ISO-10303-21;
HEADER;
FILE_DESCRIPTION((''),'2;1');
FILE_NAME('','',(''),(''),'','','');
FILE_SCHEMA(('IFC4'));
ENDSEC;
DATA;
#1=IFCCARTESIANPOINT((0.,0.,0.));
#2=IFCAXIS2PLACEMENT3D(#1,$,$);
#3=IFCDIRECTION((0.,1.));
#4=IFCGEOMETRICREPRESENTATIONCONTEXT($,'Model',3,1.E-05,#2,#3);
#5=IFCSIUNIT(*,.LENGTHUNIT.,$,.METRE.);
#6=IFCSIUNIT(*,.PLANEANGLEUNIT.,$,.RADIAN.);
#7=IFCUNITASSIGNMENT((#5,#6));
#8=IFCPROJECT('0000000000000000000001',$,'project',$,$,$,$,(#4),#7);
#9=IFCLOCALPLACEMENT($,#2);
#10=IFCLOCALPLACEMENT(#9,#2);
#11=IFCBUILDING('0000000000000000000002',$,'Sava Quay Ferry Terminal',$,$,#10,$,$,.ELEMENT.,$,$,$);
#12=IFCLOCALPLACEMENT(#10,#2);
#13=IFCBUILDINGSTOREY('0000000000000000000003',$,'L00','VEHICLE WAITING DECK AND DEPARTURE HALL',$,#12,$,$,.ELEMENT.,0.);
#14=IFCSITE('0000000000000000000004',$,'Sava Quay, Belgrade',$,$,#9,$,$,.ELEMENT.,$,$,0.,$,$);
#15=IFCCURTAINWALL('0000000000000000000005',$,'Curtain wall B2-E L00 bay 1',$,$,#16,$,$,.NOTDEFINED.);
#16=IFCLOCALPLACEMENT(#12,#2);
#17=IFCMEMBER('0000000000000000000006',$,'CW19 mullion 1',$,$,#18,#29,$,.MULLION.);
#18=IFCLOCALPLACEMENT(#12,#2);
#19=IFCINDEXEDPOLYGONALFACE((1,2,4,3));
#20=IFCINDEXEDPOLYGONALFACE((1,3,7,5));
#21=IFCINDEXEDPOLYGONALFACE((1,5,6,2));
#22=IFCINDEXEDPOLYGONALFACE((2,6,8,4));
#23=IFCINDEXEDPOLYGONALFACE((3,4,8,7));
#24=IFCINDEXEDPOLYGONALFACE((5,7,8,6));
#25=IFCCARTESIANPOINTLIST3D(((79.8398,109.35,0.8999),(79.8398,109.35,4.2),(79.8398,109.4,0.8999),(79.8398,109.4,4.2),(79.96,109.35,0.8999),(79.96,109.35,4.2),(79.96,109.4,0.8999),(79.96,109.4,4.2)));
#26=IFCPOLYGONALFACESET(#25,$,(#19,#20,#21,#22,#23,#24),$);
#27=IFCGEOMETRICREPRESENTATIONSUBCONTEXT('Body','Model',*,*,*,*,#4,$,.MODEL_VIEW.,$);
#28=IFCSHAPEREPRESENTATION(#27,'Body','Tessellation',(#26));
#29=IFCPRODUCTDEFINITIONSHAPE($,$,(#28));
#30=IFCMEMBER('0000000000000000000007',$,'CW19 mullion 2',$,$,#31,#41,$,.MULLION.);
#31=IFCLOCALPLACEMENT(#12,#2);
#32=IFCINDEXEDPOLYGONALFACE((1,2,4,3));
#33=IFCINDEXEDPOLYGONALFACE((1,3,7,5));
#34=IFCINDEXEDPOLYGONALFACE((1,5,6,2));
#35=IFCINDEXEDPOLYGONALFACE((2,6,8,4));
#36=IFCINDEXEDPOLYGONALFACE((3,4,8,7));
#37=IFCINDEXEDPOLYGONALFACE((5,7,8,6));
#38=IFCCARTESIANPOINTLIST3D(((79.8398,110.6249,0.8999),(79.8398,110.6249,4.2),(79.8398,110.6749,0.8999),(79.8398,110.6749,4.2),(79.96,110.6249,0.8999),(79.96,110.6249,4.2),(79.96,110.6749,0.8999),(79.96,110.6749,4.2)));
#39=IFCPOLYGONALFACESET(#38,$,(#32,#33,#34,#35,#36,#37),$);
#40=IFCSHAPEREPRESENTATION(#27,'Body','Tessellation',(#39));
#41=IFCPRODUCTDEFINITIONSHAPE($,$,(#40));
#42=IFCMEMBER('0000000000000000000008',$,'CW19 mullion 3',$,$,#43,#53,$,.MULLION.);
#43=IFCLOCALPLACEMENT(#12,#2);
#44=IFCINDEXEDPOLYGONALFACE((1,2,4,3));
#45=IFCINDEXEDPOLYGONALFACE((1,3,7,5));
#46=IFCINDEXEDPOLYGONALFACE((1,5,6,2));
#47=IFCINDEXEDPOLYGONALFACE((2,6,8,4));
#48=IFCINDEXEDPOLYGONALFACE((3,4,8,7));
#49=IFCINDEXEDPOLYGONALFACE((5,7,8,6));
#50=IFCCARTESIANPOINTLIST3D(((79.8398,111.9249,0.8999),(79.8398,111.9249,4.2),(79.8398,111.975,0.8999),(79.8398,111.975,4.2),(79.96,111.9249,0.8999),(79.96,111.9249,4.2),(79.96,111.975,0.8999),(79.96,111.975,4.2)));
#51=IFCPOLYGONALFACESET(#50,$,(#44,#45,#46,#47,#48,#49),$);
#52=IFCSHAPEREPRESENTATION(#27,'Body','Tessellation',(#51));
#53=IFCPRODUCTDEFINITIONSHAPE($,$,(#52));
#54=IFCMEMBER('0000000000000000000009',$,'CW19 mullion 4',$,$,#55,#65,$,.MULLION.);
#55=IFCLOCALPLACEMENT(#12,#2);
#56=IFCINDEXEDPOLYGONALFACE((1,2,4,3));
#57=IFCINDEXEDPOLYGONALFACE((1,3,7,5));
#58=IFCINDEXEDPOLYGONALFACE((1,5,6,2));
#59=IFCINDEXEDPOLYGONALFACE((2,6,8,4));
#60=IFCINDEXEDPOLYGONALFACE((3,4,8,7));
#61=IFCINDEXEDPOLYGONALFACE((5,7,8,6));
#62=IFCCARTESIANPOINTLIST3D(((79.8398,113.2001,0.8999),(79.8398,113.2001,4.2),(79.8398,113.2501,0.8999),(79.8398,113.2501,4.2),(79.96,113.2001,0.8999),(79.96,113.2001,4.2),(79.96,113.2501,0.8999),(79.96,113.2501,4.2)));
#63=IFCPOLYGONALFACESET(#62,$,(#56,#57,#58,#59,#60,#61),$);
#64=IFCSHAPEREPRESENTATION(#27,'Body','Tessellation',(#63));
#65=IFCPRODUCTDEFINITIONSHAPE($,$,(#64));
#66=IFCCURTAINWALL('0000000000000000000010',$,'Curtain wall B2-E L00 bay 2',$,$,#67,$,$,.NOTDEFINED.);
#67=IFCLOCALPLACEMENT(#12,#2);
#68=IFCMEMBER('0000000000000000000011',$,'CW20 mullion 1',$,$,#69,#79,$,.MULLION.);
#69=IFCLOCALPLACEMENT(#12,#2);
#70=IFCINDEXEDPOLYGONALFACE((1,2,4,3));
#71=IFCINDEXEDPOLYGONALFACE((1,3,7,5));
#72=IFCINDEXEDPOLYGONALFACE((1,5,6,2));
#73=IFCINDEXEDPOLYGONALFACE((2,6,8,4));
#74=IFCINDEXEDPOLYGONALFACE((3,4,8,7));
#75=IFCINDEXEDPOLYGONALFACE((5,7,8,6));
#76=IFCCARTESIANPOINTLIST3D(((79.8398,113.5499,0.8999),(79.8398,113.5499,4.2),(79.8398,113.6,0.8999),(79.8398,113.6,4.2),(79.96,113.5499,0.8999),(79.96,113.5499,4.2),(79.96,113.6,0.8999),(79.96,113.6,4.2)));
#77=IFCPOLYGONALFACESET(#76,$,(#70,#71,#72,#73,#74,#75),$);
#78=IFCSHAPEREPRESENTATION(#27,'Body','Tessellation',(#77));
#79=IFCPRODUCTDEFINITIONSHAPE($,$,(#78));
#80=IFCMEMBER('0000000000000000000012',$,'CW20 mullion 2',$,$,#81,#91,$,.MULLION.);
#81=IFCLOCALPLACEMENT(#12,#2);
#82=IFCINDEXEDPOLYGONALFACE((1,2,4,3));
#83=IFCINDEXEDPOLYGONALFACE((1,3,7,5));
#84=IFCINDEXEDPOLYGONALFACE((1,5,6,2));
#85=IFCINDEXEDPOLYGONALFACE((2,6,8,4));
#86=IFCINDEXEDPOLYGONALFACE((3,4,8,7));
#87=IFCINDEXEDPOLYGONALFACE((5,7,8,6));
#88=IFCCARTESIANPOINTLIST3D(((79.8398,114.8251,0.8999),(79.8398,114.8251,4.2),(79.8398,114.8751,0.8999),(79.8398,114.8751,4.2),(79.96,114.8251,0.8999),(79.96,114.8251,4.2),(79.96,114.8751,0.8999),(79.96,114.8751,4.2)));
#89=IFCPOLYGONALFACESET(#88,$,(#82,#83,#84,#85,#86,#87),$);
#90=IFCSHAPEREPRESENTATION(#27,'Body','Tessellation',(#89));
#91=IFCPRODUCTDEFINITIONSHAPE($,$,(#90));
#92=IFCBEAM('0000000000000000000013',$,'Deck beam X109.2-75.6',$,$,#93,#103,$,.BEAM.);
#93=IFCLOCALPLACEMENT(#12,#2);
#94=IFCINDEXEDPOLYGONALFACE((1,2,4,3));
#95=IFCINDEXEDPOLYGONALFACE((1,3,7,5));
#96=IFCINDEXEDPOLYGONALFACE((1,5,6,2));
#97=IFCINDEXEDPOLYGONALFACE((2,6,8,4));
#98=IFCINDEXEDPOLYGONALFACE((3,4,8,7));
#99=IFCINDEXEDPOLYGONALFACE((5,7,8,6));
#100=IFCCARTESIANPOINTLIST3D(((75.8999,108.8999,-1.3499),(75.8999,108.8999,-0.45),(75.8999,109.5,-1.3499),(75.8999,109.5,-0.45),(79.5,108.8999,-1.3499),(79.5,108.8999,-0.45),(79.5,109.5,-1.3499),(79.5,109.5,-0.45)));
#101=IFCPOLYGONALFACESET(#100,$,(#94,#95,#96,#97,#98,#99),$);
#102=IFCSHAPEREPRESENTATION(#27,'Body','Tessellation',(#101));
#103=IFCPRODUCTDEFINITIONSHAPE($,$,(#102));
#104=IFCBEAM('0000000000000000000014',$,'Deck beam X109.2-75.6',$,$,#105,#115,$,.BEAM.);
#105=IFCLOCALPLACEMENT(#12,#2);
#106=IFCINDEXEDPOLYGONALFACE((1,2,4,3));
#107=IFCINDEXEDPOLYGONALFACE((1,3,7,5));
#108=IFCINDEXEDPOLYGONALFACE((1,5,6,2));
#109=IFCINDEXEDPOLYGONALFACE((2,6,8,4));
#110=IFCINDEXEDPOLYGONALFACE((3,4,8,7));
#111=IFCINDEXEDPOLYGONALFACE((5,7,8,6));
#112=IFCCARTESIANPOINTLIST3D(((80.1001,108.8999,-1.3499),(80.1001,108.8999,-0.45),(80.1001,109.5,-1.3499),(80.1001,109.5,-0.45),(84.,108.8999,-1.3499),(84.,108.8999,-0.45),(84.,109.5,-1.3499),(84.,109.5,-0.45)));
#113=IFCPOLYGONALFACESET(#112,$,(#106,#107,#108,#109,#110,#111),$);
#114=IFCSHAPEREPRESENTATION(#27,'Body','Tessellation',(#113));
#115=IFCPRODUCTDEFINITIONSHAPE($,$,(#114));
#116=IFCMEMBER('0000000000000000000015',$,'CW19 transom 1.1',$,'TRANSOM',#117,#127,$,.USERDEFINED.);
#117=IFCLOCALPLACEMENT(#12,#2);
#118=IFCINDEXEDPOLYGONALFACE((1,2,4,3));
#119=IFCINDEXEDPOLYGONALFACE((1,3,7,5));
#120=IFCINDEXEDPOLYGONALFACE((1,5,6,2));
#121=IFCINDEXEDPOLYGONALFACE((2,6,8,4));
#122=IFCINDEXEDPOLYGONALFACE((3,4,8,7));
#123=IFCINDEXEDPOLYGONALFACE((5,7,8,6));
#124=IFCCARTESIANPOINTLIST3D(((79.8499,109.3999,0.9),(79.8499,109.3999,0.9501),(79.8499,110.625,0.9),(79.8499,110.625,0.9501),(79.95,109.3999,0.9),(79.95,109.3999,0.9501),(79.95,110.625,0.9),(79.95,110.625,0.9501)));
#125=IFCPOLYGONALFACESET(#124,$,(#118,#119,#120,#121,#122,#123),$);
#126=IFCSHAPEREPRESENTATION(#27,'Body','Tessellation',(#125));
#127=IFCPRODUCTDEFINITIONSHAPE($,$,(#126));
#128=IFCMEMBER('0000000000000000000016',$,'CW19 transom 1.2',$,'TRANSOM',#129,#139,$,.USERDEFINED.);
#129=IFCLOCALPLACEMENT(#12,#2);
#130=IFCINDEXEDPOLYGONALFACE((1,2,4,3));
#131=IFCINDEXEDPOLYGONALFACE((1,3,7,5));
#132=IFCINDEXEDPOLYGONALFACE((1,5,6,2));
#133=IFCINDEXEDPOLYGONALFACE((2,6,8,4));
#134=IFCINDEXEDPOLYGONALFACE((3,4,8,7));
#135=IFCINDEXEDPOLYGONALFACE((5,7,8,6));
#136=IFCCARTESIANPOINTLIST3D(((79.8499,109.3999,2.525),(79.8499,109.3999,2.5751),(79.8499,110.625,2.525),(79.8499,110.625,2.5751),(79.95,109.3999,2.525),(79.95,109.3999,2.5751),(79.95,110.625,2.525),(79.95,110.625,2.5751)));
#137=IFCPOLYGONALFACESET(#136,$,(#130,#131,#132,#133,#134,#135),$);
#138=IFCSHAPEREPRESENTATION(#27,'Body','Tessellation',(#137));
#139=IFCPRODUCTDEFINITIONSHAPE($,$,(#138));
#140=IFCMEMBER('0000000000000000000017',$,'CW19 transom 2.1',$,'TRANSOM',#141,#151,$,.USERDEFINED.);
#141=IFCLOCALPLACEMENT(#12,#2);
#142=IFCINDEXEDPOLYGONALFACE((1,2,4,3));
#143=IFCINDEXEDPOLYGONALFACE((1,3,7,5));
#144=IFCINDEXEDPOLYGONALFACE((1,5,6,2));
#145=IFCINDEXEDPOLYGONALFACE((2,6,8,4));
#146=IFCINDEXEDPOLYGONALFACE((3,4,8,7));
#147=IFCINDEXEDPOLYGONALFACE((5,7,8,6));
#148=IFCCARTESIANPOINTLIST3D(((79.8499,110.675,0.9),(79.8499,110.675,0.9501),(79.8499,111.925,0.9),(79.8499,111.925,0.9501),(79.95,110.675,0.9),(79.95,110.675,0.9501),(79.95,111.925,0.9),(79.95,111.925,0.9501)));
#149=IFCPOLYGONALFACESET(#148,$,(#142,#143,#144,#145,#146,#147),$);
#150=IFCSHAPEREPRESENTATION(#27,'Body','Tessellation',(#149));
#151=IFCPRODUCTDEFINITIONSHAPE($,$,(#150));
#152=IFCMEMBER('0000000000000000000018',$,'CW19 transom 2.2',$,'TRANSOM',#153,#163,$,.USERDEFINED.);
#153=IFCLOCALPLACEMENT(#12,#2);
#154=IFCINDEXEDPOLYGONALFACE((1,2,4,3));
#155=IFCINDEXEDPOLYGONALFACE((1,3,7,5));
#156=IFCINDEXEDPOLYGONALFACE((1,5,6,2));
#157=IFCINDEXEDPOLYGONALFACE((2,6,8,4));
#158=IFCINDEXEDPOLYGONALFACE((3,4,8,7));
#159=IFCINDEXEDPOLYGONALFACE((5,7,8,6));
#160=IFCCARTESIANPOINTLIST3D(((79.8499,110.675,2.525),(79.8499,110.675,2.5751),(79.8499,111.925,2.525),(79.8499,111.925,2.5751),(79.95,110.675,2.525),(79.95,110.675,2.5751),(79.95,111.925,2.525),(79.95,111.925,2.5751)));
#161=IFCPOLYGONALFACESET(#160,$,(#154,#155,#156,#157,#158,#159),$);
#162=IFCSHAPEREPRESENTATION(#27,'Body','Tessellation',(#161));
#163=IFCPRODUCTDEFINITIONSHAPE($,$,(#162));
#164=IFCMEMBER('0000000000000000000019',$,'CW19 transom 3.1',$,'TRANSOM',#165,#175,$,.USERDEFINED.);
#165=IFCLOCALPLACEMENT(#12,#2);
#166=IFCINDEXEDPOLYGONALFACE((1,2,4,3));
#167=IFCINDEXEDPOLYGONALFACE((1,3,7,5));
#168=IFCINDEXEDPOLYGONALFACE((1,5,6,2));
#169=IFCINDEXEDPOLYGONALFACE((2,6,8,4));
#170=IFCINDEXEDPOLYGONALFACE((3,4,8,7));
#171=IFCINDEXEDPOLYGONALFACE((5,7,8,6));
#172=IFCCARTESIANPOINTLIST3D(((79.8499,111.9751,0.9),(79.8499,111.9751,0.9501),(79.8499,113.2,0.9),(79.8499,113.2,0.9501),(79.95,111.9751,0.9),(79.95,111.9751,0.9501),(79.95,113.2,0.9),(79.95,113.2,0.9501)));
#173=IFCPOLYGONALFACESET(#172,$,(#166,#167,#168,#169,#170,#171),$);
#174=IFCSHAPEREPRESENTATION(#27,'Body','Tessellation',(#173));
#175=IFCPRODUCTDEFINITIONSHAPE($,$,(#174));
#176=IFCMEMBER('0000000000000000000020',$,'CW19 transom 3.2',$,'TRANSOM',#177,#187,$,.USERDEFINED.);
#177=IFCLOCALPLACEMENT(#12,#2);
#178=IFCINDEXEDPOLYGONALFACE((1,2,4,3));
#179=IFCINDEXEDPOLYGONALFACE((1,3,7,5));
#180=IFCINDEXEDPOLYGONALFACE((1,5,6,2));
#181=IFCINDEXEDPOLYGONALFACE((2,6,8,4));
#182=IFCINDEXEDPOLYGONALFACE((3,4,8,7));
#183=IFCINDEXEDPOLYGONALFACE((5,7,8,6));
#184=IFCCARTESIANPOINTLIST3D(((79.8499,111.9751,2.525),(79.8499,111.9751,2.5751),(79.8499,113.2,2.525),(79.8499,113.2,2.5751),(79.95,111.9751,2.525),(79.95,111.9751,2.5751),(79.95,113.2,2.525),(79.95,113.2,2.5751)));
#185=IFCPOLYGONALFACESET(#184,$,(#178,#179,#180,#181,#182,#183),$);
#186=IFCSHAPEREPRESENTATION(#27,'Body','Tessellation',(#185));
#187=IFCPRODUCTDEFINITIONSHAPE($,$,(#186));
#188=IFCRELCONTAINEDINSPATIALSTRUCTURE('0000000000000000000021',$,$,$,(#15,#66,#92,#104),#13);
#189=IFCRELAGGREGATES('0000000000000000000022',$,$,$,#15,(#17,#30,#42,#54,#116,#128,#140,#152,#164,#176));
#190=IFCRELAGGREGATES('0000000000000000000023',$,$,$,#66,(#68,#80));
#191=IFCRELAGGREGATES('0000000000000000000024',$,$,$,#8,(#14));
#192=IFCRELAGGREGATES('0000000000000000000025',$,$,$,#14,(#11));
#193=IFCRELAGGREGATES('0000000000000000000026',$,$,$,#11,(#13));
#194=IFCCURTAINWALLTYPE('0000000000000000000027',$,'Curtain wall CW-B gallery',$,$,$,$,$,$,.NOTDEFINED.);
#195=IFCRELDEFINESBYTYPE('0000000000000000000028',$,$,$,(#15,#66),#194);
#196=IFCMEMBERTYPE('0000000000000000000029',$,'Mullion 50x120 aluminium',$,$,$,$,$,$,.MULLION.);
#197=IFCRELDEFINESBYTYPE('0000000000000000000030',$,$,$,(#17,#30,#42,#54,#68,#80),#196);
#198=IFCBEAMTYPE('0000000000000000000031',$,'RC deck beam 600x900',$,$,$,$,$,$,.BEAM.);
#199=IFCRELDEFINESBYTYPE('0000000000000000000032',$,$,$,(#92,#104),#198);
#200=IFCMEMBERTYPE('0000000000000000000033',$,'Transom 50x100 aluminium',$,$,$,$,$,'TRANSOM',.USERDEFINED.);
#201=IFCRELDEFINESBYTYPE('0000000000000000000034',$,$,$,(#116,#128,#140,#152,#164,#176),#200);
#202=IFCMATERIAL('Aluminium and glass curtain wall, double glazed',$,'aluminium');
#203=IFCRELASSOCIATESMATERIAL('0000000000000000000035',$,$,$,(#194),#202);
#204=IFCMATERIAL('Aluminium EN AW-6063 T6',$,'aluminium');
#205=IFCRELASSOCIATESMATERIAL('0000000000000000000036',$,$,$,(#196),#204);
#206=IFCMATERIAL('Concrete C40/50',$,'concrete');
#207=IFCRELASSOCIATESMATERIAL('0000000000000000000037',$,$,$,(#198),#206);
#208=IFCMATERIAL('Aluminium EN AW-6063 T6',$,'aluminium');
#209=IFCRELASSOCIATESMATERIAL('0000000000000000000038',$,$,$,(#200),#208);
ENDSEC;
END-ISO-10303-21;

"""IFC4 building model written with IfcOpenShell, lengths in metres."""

from ifc_helpers import new_model, si_unit, direction, frame, origin, origin_2d, place, context, subcontext, project, spatial, rectangle, extrude, material, material_profile, profile_set, type_object, element, aggregate, save


model = new_model("IFC4")

# Units and contexts
model_context = context("Model", 3, precision=1e-05, world=origin(), true_north=direction((0.0, 1.0)))
body_context = subcontext(model_context, "Body", "Model", "MODEL_VIEW")
ifc_project = project(units=[si_unit("LENGTHUNIT", "METRE"), si_unit("PLANEANGLEUNIT", "RADIAN")], contexts=[model_context])

# Site, building, storey
site_placement = place(None, origin())
site = spatial("IfcSite", under=ifc_project, at=site_placement, Name="Sava Quay, Belgrade", CompositionType="ELEMENT", RefElevation=0.0)
building_placement = place(site_placement, origin())
building = spatial("IfcBuilding", under=site, at=building_placement, Name="Sava Quay Ferry Terminal", CompositionType="ELEMENT")
storey_placement = place(building_placement, origin())
storey = spatial("IfcBuildingStorey", under=building, at=storey_placement, Name="L00", Description="VEHICLE WAITING DECK AND DEPARTURE HALL", CompositionType="ELEMENT", Elevation=0.0)

# Curtain walls, members
ifc_material_1 = material(Name="Aluminium and glass curtain wall, double glazed", Category="aluminium")
curtain_wall_type = type_object("IfcCurtainWallType", Name="Curtain wall CW-B gallery", PredefinedType="NOTDEFINED", material=ifc_material_1)
curtain_wall_1_placement = place(storey_placement, origin())
curtain_wall_1 = element("IfcCurtainWall", 1, at=curtain_wall_1_placement, inside=storey, type_object=curtain_wall_type, Name="Curtain wall B2-E L00 bay 1", PredefinedType="NOTDEFINED")
ifc_material_2 = material(Name="Aluminium EN AW-6063 T6", Category="aluminium")
ifc_material_profile_1 = material_profile(ifc_material_2, rectangle(XDim=0.1201, YDim=0.05, at=origin_2d()), Name="Mullion 50x120 aluminium")
ifc_profile_set_1 = profile_set([ifc_material_profile_1], Name="Aluminium EN AW-6063 T6")
member_type_1 = type_object("IfcMemberType", Name="Mullion 50x120 aluminium", PredefinedType="MULLION", material=ifc_profile_set_1)
member_1_placement = place(storey_placement, frame((79.8999, 109.375, 0.8999), z_axis=(0.0, 0.0, 1.0), x_axis=(-1.0, 0.0, 0.0)))
member_1 = element("IfcMember", 2, at=member_1_placement, type_object=member_type_1, Name="CW19 mullion 1", PredefinedType="MULLION", context=body_context, shape_type="SweptSolid", body=[
    extrude(rectangle(XDim=0.1201, YDim=0.05, at=origin_2d()), origin(), (0.0, 0.0, 1.0), 3.3),
])
member_2_placement = place(storey_placement, frame((79.8999, 110.6499, 0.8999), z_axis=(0.0, 0.0, 1.0), x_axis=(-1.0, 0.0, 0.0)))
member_2 = element("IfcMember", 3, at=member_2_placement, type_object=member_type_1, Name="CW19 mullion 2", PredefinedType="MULLION", context=body_context, shape_type="SweptSolid", body=[
    extrude(rectangle(XDim=0.1201, YDim=0.05, at=origin_2d()), origin(), (0.0, 0.0, 1.0), 3.3),
])
member_3_placement = place(storey_placement, frame((79.8999, 111.95, 0.8999), z_axis=(0.0, 0.0, 1.0), x_axis=(-1.0, 0.0, 0.0)))
member_3 = element("IfcMember", 4, at=member_3_placement, type_object=member_type_1, Name="CW19 mullion 3", PredefinedType="MULLION", context=body_context, shape_type="SweptSolid", body=[
    extrude(rectangle(XDim=0.1201, YDim=0.05, at=origin_2d()), origin(), (0.0, 0.0, 1.0), 3.3),
])
member_4_placement = place(storey_placement, frame((79.8999, 113.2251, 0.8999), z_axis=(0.0, 0.0, 1.0), x_axis=(-1.0, 0.0, 0.0)))
member_4 = element("IfcMember", 5, at=member_4_placement, type_object=member_type_1, Name="CW19 mullion 4", PredefinedType="MULLION", context=body_context, shape_type="SweptSolid", body=[
    extrude(rectangle(XDim=0.1201, YDim=0.05, at=origin_2d()), origin(), (0.0, 0.0, 1.0), 3.3),
])
curtain_wall_2_placement = place(storey_placement, origin())
curtain_wall_2 = element("IfcCurtainWall", 6, at=curtain_wall_2_placement, inside=storey, type_object=curtain_wall_type, Name="Curtain wall B2-E L00 bay 2", PredefinedType="NOTDEFINED")
member_5_placement = place(storey_placement, frame((79.8999, 113.575, 0.8999), z_axis=(0.0, 0.0, 1.0), x_axis=(-1.0, 0.0, 0.0)))
member_5 = element("IfcMember", 7, at=member_5_placement, type_object=member_type_1, Name="CW20 mullion 1", PredefinedType="MULLION", context=body_context, shape_type="SweptSolid", body=[
    extrude(rectangle(XDim=0.1201, YDim=0.05, at=origin_2d()), origin(), (0.0, 0.0, 1.0), 3.3),
])
member_6_placement = place(storey_placement, frame((79.8999, 114.8501, 0.8999), z_axis=(0.0, 0.0, 1.0), x_axis=(-1.0, 0.0, 0.0)))
member_6 = element("IfcMember", 8, at=member_6_placement, type_object=member_type_1, Name="CW20 mullion 2", PredefinedType="MULLION", context=body_context, shape_type="SweptSolid", body=[
    extrude(rectangle(XDim=0.1201, YDim=0.05, at=origin_2d()), origin(), (0.0, 0.0, 1.0), 3.3),
])

# Beams
ifc_material_3 = material(Name="Concrete C40/50", Category="concrete")
ifc_material_profile_2 = material_profile(ifc_material_3, rectangle(XDim=0.6001, YDim=0.8999, at=origin_2d()), Name="RC 600x900")
ifc_profile_set_2 = profile_set([ifc_material_profile_2], Name="Concrete C40/50")
beam_type = type_object("IfcBeamType", Name="RC deck beam 600x900", PredefinedType="BEAM", material=ifc_profile_set_2)
beam_1_placement = place(storey_placement, frame((75.8999, 109.2, -0.8999), z_axis=(1.0, 0.0, 0.0), x_axis=(0.0, 1.0, 0.0)))
element("IfcBeam", 9, at=beam_1_placement, inside=storey, type_object=beam_type, Name="Deck beam X109.2-75.6", PredefinedType="BEAM", context=body_context, shape_type="SweptSolid", body=[
    extrude(rectangle(XDim=0.6001, YDim=0.8999, at=origin_2d()), origin(), (0.0, 0.0, 1.0), 3.6001),
])
beam_2_placement = place(storey_placement, frame((80.1001, 109.2, -0.8999), z_axis=(1.0, 0.0, 0.0), x_axis=(0.0, 1.0, 0.0)))
element("IfcBeam", 10, at=beam_2_placement, inside=storey, type_object=beam_type, Name="Deck beam X109.2-75.6", PredefinedType="BEAM", context=body_context, shape_type="SweptSolid", body=[
    extrude(rectangle(XDim=0.6001, YDim=0.8999, at=origin_2d()), origin(), (0.0, 0.0, 1.0), 3.8999),
])

# Members
ifc_material_4 = material(Name="Aluminium EN AW-6063 T6", Category="aluminium")
ifc_material_profile_3 = material_profile(ifc_material_4, rectangle(XDim=0.1001, YDim=0.05, at=origin_2d()), Name="Transom 50x100 aluminium")
ifc_profile_set_3 = profile_set([ifc_material_profile_3], Name="Aluminium EN AW-6063 T6")
member_type_2 = type_object("IfcMemberType", Name="Transom 50x100 aluminium", ElementType="TRANSOM", PredefinedType="USERDEFINED", material=ifc_profile_set_3)
member_7_placement = place(storey_placement, frame((79.8999, 109.3999, 0.925), z_axis=(0.0, 1.0, 0.0), x_axis=(-1.0, 0.0, 0.0)))
member_7 = element("IfcMember", 11, at=member_7_placement, type_object=member_type_2, Name="CW19 transom 1.1", ObjectType="TRANSOM", PredefinedType="USERDEFINED", context=body_context, shape_type="SweptSolid", body=[
    extrude(rectangle(XDim=0.1001, YDim=0.05, at=origin_2d()), origin(), (0.0, 0.0, 1.0), 1.2251),
])
member_8_placement = place(storey_placement, frame((79.8999, 109.3999, 2.55), z_axis=(0.0, 1.0, 0.0), x_axis=(-1.0, 0.0, 0.0)))
member_8 = element("IfcMember", 12, at=member_8_placement, type_object=member_type_2, Name="CW19 transom 1.2", ObjectType="TRANSOM", PredefinedType="USERDEFINED", context=body_context, shape_type="SweptSolid", body=[
    extrude(rectangle(XDim=0.1001, YDim=0.05, at=origin_2d()), origin(), (0.0, 0.0, 1.0), 1.2251),
])
member_9_placement = place(storey_placement, frame((79.8999, 110.675, 0.925), z_axis=(0.0, 1.0, 0.0), x_axis=(-1.0, 0.0, 0.0)))
member_9 = element("IfcMember", 13, at=member_9_placement, type_object=member_type_2, Name="CW19 transom 2.1", ObjectType="TRANSOM", PredefinedType="USERDEFINED", context=body_context, shape_type="SweptSolid", body=[
    extrude(rectangle(XDim=0.1001, YDim=0.05, at=origin_2d()), origin(), (0.0, 0.0, 1.0), 1.25),
])
member_10_placement = place(storey_placement, frame((79.8999, 110.675, 2.55), z_axis=(0.0, 1.0, 0.0), x_axis=(-1.0, 0.0, 0.0)))
member_10 = element("IfcMember", 14, at=member_10_placement, type_object=member_type_2, Name="CW19 transom 2.2", ObjectType="TRANSOM", PredefinedType="USERDEFINED", context=body_context, shape_type="SweptSolid", body=[
    extrude(rectangle(XDim=0.1001, YDim=0.05, at=origin_2d()), origin(), (0.0, 0.0, 1.0), 1.25),
])
member_11_placement = place(storey_placement, frame((79.8999, 111.9751, 0.925), z_axis=(0.0, 1.0, 0.0), x_axis=(-1.0, 0.0, 0.0)))
member_11 = element("IfcMember", 15, at=member_11_placement, type_object=member_type_2, Name="CW19 transom 3.1", ObjectType="TRANSOM", PredefinedType="USERDEFINED", context=body_context, shape_type="SweptSolid", body=[
    extrude(rectangle(XDim=0.1001, YDim=0.05, at=origin_2d()), origin(), (0.0, 0.0, 1.0), 1.2249),
])
member_12_placement = place(storey_placement, frame((79.8999, 111.9751, 2.55), z_axis=(0.0, 1.0, 0.0), x_axis=(-1.0, 0.0, 0.0)))
member_12 = element("IfcMember", 16, at=member_12_placement, type_object=member_type_2, Name="CW19 transom 3.2", ObjectType="TRANSOM", PredefinedType="USERDEFINED", context=body_context, shape_type="SweptSolid", body=[
    extrude(rectangle(XDim=0.1001, YDim=0.05, at=origin_2d()), origin(), (0.0, 0.0, 1.0), 1.2249),
])

aggregate(curtain_wall_1, [member_1, member_2, member_3, member_4, member_7, member_8, member_9, member_10, member_11, member_12])
aggregate(curtain_wall_2, [member_5, member_6])

save(model, "model.ifc")
